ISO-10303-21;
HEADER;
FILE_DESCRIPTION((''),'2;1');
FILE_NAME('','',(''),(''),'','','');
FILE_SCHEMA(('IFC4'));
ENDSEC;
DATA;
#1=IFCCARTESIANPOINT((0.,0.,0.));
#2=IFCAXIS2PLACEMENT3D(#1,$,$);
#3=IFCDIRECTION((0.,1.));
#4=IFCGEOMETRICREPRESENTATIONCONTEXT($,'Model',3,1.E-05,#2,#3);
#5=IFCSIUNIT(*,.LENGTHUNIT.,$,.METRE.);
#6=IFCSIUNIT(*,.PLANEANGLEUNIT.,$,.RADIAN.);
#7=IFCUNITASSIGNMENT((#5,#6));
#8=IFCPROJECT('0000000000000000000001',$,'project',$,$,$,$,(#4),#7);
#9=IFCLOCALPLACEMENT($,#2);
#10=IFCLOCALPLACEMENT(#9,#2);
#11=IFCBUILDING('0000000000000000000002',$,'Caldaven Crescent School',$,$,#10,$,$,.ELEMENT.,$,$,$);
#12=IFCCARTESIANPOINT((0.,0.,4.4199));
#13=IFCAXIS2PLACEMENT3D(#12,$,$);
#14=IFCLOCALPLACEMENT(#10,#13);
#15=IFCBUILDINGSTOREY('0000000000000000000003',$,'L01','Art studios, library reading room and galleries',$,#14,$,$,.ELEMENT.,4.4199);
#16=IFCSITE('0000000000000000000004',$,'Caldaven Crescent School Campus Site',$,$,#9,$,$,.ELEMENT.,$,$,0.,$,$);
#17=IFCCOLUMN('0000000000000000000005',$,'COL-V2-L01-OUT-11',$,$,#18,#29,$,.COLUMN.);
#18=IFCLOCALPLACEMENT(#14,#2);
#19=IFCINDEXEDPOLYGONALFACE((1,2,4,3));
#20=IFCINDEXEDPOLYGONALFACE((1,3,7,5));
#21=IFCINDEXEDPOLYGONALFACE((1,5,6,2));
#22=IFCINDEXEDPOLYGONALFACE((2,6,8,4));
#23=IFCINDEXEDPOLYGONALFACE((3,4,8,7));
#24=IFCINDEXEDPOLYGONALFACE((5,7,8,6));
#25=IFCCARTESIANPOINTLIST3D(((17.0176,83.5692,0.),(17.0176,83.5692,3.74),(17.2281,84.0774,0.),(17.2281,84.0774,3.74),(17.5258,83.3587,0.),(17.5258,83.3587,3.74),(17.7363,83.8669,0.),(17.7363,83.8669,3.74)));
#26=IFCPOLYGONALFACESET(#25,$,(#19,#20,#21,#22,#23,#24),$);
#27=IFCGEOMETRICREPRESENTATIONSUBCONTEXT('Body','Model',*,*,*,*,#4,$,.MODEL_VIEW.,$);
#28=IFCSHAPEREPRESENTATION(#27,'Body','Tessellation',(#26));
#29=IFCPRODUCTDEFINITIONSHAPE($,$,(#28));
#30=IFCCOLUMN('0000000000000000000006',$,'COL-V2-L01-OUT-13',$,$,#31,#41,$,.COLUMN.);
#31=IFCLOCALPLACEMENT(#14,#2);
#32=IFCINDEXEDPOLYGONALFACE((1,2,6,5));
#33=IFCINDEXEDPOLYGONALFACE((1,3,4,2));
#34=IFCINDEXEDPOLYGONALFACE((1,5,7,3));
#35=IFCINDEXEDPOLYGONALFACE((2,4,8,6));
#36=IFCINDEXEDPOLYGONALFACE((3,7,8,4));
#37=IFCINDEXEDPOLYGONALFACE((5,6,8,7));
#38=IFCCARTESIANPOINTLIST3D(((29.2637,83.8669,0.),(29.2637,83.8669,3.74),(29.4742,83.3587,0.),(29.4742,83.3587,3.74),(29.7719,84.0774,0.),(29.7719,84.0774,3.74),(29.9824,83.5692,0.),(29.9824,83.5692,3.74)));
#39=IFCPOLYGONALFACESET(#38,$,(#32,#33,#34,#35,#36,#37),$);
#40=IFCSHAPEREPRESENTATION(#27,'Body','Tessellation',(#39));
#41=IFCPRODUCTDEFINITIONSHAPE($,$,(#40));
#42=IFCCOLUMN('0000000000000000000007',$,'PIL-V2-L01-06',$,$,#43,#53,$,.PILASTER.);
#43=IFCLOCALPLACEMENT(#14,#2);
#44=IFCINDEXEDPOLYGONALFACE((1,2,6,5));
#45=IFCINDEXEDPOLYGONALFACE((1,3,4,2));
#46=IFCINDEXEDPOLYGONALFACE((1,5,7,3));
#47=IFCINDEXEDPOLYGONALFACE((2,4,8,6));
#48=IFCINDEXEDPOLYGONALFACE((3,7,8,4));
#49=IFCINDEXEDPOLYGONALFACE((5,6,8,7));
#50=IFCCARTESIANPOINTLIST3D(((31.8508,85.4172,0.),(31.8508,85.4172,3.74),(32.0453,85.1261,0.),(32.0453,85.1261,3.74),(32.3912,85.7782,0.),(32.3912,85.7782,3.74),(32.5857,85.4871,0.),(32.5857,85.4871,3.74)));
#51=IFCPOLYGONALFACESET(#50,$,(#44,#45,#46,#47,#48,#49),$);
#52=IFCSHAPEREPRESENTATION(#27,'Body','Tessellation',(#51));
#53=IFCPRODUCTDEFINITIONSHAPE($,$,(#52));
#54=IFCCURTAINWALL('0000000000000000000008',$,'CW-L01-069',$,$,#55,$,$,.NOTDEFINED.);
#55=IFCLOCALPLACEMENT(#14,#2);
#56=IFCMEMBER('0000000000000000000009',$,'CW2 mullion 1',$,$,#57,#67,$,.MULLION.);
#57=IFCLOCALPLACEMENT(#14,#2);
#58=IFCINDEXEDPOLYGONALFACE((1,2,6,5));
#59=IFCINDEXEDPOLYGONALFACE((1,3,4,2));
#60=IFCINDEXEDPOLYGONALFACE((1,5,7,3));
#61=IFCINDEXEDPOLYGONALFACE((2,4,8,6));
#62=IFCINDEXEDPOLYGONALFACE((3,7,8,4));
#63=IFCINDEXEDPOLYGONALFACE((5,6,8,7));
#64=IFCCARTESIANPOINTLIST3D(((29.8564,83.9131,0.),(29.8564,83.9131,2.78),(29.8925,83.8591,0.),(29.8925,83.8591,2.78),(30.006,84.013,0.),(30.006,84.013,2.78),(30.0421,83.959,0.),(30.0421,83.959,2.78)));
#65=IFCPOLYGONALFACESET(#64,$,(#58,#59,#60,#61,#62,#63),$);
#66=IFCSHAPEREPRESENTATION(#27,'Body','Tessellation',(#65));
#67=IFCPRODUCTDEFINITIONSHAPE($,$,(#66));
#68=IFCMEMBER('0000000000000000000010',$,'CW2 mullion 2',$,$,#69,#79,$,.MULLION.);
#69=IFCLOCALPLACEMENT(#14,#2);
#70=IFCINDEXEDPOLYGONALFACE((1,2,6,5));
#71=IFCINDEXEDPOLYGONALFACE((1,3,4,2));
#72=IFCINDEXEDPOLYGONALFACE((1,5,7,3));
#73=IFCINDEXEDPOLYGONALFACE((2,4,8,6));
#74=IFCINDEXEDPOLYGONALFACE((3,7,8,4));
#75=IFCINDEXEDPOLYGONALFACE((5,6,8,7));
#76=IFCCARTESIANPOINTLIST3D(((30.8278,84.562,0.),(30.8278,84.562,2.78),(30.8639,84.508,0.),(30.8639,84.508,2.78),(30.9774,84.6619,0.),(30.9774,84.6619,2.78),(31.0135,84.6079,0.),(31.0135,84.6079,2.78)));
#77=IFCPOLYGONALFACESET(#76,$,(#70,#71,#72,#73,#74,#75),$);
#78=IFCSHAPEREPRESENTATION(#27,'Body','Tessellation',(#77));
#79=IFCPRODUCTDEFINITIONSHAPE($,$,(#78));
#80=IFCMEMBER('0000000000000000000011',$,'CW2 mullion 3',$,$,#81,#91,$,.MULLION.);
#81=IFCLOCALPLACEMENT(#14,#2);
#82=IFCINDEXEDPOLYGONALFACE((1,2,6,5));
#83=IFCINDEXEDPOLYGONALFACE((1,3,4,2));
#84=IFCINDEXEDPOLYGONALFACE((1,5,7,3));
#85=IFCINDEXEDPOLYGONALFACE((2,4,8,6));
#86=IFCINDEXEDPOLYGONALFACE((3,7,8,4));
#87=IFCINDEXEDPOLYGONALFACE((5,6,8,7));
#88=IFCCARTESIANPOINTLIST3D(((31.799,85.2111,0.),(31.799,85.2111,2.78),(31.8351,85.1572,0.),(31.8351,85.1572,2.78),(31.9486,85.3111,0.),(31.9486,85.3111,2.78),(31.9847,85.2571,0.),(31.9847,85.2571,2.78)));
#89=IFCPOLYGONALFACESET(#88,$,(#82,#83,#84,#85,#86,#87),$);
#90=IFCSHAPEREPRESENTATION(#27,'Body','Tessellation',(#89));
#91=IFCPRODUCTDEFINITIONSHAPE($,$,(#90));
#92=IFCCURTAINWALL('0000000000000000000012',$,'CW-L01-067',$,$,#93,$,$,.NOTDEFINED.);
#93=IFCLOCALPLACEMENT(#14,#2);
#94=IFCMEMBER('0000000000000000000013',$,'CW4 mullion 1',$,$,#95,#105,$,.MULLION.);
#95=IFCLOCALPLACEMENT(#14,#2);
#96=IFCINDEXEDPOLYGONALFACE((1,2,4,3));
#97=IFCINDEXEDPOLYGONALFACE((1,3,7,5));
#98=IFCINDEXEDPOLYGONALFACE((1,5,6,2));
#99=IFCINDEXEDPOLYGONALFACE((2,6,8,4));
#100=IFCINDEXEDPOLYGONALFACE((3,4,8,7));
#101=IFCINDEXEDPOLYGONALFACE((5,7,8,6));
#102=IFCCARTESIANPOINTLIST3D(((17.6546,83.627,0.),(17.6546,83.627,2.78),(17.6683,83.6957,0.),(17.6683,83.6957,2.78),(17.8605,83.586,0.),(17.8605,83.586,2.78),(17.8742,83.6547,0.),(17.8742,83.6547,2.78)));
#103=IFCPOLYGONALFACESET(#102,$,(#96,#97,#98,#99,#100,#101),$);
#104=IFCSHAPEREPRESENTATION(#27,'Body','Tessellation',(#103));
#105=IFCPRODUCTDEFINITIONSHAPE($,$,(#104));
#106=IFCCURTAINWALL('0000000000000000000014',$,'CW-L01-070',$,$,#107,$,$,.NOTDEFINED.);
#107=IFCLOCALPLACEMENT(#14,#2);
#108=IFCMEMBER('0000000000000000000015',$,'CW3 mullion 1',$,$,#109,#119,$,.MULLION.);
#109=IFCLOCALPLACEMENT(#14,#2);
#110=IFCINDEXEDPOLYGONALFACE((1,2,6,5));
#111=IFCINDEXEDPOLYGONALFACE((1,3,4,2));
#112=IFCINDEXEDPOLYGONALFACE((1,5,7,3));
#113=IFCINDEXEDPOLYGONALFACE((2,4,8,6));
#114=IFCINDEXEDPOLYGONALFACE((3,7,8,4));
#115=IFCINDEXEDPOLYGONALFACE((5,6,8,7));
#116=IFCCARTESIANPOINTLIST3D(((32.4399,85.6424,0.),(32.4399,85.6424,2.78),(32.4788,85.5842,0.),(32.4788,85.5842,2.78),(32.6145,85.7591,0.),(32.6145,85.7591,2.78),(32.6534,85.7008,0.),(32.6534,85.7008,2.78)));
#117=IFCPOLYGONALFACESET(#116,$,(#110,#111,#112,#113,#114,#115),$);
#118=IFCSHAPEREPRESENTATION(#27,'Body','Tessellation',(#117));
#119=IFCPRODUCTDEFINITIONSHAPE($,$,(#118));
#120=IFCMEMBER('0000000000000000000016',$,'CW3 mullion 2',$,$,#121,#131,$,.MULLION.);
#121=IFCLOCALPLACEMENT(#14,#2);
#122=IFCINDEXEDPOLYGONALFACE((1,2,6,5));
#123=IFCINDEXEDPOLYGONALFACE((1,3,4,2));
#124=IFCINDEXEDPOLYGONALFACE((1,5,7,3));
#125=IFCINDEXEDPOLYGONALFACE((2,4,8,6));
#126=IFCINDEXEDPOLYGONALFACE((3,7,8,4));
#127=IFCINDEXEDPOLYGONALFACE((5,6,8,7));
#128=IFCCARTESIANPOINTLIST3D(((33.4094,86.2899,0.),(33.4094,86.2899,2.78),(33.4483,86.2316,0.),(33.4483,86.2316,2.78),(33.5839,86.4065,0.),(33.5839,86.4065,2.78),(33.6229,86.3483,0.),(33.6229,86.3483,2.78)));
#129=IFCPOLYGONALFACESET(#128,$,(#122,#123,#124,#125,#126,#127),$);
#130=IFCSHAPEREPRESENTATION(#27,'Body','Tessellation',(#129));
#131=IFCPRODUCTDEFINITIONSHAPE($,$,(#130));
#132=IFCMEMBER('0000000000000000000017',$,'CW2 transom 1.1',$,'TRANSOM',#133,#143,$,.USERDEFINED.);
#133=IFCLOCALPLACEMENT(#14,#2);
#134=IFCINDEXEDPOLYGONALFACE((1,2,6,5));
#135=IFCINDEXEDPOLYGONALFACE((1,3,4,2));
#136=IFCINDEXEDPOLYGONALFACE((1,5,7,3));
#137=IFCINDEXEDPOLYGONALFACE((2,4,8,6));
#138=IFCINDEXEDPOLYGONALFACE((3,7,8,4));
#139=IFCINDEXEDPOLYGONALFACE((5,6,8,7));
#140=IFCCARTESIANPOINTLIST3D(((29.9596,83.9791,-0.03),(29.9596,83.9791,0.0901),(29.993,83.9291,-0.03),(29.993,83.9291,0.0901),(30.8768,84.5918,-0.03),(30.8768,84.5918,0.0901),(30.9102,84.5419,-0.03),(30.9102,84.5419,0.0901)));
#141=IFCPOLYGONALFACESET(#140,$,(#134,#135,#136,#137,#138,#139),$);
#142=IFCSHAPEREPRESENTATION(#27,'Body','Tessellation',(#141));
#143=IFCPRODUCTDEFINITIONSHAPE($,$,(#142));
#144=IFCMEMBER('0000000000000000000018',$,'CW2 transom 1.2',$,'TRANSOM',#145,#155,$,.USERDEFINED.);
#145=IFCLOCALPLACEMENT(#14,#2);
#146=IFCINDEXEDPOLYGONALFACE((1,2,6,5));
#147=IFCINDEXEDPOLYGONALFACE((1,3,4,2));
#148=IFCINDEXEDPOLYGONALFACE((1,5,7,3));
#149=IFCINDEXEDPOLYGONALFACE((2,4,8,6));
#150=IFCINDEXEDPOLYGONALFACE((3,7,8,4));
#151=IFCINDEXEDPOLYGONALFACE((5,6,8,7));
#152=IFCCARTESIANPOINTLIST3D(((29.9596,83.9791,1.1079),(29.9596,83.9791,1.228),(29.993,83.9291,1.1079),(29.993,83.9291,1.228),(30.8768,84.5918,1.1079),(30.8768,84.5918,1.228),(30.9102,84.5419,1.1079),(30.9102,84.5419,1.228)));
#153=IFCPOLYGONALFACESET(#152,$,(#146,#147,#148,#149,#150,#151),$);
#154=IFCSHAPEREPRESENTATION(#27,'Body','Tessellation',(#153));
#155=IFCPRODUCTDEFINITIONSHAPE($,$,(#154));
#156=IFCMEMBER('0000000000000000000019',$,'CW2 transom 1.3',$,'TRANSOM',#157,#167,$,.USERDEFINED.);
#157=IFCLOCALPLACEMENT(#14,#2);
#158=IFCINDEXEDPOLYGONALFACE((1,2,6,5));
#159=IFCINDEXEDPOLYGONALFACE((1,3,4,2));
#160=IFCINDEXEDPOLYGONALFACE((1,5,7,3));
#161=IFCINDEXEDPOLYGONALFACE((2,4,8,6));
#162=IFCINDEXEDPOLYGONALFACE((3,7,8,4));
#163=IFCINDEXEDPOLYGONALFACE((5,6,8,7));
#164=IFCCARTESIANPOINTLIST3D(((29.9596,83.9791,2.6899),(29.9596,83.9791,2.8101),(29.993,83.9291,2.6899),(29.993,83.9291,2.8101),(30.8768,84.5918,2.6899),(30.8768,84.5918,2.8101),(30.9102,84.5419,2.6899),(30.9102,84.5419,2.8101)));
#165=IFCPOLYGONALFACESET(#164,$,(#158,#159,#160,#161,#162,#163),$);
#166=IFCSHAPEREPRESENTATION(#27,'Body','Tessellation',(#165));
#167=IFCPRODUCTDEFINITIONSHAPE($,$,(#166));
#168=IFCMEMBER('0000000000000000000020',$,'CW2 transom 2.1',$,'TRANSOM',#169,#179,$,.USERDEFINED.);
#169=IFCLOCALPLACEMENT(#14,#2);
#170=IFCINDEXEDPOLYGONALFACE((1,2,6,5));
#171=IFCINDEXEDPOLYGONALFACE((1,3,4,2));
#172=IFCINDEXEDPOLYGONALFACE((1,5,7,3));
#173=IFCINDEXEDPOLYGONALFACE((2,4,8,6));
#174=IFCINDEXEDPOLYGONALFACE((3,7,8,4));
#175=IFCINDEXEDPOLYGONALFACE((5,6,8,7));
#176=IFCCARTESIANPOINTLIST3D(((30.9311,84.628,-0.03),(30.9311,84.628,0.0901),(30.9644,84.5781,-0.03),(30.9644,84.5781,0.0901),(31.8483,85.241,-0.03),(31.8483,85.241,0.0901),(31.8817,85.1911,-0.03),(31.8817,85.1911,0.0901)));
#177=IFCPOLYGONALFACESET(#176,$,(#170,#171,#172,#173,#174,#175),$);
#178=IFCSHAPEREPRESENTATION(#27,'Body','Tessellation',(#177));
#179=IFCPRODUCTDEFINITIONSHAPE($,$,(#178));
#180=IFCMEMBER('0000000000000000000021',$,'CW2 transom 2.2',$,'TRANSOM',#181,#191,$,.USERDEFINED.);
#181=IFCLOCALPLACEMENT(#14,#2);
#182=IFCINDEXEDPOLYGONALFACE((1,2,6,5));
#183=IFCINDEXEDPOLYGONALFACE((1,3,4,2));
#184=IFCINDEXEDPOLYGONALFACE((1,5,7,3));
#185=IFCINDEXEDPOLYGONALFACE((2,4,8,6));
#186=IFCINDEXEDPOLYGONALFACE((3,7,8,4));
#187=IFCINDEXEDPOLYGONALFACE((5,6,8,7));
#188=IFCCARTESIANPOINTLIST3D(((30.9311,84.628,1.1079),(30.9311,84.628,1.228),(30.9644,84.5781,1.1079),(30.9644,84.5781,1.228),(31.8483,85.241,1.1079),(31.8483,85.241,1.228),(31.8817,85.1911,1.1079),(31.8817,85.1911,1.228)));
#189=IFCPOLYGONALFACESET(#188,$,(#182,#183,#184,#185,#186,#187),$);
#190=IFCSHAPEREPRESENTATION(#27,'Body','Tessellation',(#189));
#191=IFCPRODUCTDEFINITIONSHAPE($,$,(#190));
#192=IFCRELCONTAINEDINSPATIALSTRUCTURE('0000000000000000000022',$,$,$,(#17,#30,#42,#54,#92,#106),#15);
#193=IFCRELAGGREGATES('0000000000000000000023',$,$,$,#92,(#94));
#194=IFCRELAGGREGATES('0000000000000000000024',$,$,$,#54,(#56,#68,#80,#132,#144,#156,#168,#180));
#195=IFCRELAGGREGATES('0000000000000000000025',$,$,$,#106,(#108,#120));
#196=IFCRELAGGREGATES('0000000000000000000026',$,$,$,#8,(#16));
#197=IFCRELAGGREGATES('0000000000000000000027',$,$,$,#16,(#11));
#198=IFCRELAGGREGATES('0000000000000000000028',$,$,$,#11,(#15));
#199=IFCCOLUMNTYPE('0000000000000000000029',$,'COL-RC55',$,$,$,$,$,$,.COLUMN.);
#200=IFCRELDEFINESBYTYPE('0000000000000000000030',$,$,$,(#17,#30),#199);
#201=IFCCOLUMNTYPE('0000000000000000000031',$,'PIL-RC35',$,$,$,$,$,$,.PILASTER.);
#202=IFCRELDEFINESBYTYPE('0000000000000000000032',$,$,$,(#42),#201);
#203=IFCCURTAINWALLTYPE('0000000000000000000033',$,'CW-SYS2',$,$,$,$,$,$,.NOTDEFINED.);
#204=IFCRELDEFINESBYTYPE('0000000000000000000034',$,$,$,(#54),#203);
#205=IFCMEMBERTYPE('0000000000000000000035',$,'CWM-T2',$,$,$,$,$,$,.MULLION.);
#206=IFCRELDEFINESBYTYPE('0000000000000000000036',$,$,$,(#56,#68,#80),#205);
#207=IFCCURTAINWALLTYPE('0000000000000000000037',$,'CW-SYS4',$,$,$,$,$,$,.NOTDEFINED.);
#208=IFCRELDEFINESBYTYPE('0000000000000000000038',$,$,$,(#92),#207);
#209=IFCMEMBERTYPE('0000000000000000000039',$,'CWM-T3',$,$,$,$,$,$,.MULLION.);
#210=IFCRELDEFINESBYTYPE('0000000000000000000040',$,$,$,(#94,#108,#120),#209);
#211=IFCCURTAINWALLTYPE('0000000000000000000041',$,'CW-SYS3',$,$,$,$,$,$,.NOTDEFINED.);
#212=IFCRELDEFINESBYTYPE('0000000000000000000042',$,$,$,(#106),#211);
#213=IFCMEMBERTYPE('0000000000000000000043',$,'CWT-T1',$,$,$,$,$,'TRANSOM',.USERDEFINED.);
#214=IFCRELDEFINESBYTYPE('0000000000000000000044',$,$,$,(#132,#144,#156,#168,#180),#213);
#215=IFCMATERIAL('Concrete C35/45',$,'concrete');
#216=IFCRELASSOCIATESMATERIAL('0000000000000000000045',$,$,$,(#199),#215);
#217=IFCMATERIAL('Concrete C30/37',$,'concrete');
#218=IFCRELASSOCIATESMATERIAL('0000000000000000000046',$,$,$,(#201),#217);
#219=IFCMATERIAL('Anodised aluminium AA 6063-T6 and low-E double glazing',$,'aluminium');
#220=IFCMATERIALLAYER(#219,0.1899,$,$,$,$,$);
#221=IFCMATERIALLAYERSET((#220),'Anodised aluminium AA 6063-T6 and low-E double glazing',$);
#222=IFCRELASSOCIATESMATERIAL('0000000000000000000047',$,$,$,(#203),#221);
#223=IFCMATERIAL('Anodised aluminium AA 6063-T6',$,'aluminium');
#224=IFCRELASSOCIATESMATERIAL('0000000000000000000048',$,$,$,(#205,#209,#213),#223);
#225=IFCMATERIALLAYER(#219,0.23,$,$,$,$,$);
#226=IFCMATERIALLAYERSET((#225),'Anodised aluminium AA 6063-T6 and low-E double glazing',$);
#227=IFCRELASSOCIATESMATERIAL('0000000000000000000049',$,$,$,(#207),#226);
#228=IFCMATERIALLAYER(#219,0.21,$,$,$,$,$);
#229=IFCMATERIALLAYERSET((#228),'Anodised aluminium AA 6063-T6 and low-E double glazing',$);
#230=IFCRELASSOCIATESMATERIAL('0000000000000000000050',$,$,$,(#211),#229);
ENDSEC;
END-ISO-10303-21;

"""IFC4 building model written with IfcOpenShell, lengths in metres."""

from ifc_helpers import new_model, si_unit, direction, frame, origin, origin_2d, place, context, subcontext, project, spatial, rectangle, extrude, material, layer, layer_set, material_profile, profile_set, type_object, element, aggregate, save


model = new_model("IFC4")

# Units and contexts
model_context = context("Model", 3, precision=1e-05, world=origin(), true_north=direction((0.0, 1.0)))
body_context = subcontext(model_context, "Body", "Model", "MODEL_VIEW")
ifc_project = project(units=[si_unit("LENGTHUNIT", "METRE"), si_unit("PLANEANGLEUNIT", "RADIAN")], contexts=[model_context])

# Site, building, storey
site_placement = place(None, origin())
site = spatial("IfcSite", under=ifc_project, at=site_placement, Name="Caldaven Crescent School Campus Site", CompositionType="ELEMENT", RefElevation=0.0)
building_placement = place(site_placement, origin())
building = spatial("IfcBuilding", under=site, at=building_placement, Name="Caldaven Crescent School", CompositionType="ELEMENT")
storey_placement = place(building_placement, frame((0.0, 0.0, 4.4199)))
storey = spatial("IfcBuildingStorey", under=building, at=storey_placement, Name="L01", Description="Art studios, library reading room and galleries", CompositionType="ELEMENT", Elevation=4.4199)

# Columns
ifc_material_1 = material(Name="Concrete C35/45", Category="concrete")
ifc_material_profile_1 = material_profile(ifc_material_1, rectangle(XDim=0.55, YDim=0.55, at=origin_2d()), Name="RC 550x550")
ifc_profile_set_1 = profile_set([ifc_material_profile_1], Name="Concrete C35/45")
column_type_1 = type_object("IfcColumnType", Name="COL-RC55", PredefinedType="COLUMN", material=ifc_profile_set_1)
for number, where, z_axis, x_axis, name in (
    (1, (17.377, 83.718, 0.0), (0.0, 0.0, 1.0), (-0.382683, -0.92388, 0.0), "COL-V2-L01-OUT-11"),
    (2, (29.623, 83.718, 0.0), (0.0, 0.0, 1.0), (0.382683, -0.92388, 0.0), "COL-V2-L01-OUT-13"),
):
    element("IfcColumn", number, at=place(storey_placement, frame(where, z_axis=z_axis, x_axis=x_axis)), inside=storey, type_object=column_type_1, Name=name, PredefinedType="COLUMN", context=body_context, shape_type="SweptSolid", body=[
        extrude(rectangle(XDim=0.55, YDim=0.55, at=origin_2d()), origin(), (0.0, 0.0, 1.0), 3.74),
    ])
ifc_material_2 = material(Name="Concrete C30/37", Category="concrete")
ifc_material_profile_2 = material_profile(ifc_material_2, rectangle(XDim=0.3501, YDim=0.6499, at=origin_2d()), Name="RC 350x650")
ifc_profile_set_2 = profile_set([ifc_material_profile_2], Name="Concrete C30/37")
column_type_2 = type_object("IfcColumnType", Name="PIL-RC35", PredefinedType="PILASTER", material=ifc_profile_set_2)
column_placement = place(storey_placement, frame((32.2183, 85.4521, 0.0), z_axis=(0.0, 0.0, 1.0), x_axis=(0.55557, -0.83147, 0.0)))
element("IfcColumn", 3, at=column_placement, inside=storey, type_object=column_type_2, Name="PIL-V2-L01-06", PredefinedType="PILASTER", context=body_context, shape_type="SweptSolid", body=[
    extrude(rectangle(XDim=0.3501, YDim=0.6499, at=origin_2d()), origin(), (0.0, 0.0, 1.0), 3.74),
])

# Curtain wall, members
ifc_material_3 = material(Name="Anodised aluminium AA 6063-T6 and low-E double glazing", Category="aluminium")
ifc_layer_1 = layer(ifc_material_3, 0.1899)
ifc_layer_set_1 = layer_set([ifc_layer_1], Name="Anodised aluminium AA 6063-T6 and low-E double glazing")
curtain_wall_type_1 = type_object("IfcCurtainWallType", Name="CW-SYS2", PredefinedType="NOTDEFINED", material=ifc_layer_set_1)
curtain_wall_1_placement = place(storey_placement, origin())
curtain_wall_1 = element("IfcCurtainWall", 4, at=curtain_wall_1_placement, inside=storey, type_object=curtain_wall_type_1, Name="CW-L01-069", PredefinedType="NOTDEFINED")
ifc_material_4 = material(Name="Anodised aluminium AA 6063-T6", Category="aluminium")
ifc_material_profile_3 = material_profile(ifc_material_4, rectangle(XDim=0.0649, YDim=0.1799, at=origin_2d()), Name="CWM 65x180")
ifc_profile_set_3 = profile_set([ifc_material_profile_3], Name="Anodised aluminium AA 6063-T6")
member_type_1 = type_object("IfcMemberType", Name="CWM-T2", PredefinedType="MULLION", material=ifc_profile_set_3)
member_1_placement = place(storey_placement, frame((29.9492, 83.936, 0.0), z_axis=(0.0, 0.0, 1.0), x_axis=(-0.55557, 0.83147, 0.0)))
member_1 = element("IfcMember", 5, at=member_1_placement, type_object=member_type_1, Name="CW2 mullion 1", PredefinedType="MULLION", context=body_context, shape_type="SweptSolid", body=[
    extrude(rectangle(XDim=0.0649, YDim=0.1799, at=origin_2d()), origin(), (0.0, 0.0, 1.0), 2.78),
])
member_2_placement = place(storey_placement, frame((30.9207, 84.585, 0.0), z_axis=(0.0, 0.0, 1.0), x_axis=(-0.55557, 0.83147, 0.0)))
member_2 = element("IfcMember", 6, at=member_2_placement, type_object=member_type_1, Name="CW2 mullion 2", PredefinedType="MULLION", context=body_context, shape_type="SweptSolid", body=[
    extrude(rectangle(XDim=0.0649, YDim=0.1799, at=origin_2d()), origin(), (0.0, 0.0, 1.0), 2.78),
])
member_3_placement = place(storey_placement, frame((31.8918, 85.2341, 0.0), z_axis=(0.0, 0.0, 1.0), x_axis=(-0.55557, 0.83147, 0.0)))
member_3 = element("IfcMember", 7, at=member_3_placement, type_object=member_type_1, Name="CW2 mullion 3", PredefinedType="MULLION", context=body_context, shape_type="SweptSolid", body=[
    extrude(rectangle(XDim=0.0649, YDim=0.1799, at=origin_2d()), origin(), (0.0, 0.0, 1.0), 2.78),
])

# Curtain wall, member
ifc_layer_2 = layer(ifc_material_3, 0.23)
ifc_layer_set_2 = layer_set([ifc_layer_2], Name="Anodised aluminium AA 6063-T6 and low-E double glazing")
curtain_wall_type_2 = type_object("IfcCurtainWallType", Name="CW-SYS4", PredefinedType="NOTDEFINED", material=ifc_layer_set_2)
curtain_wall_2_placement = place(storey_placement, origin())
curtain_wall_2 = element("IfcCurtainWall", 8, at=curtain_wall_2_placement, inside=storey, type_object=curtain_wall_type_2, Name="CW-L01-067", PredefinedType="NOTDEFINED")
ifc_material_profile_4 = material_profile(ifc_material_4, rectangle(XDim=0.0701, YDim=0.21, at=origin_2d()), Name="CWM 70x210")
ifc_profile_set_4 = profile_set([ifc_material_profile_4], Name="Anodised aluminium AA 6063-T6")
member_type_2 = type_object("IfcMemberType", Name="CWM-T3", PredefinedType="MULLION", material=ifc_profile_set_4)
member_4_placement = place(storey_placement, frame((17.7644, 83.6409, 0.0), z_axis=(0.0, 0.0, 1.0), x_axis=(0.195087, 0.980786, 0.0)))
member_4 = element("IfcMember", 9, at=member_4_placement, type_object=member_type_2, Name="CW4 mullion 1", PredefinedType="MULLION", context=body_context, shape_type="SweptSolid", body=[
    extrude(rectangle(XDim=0.0701, YDim=0.21, at=origin_2d()), origin(), (0.0, 0.0, 1.0), 2.78),
])

# Curtain wall, members
ifc_layer_3 = layer(ifc_material_3, 0.21)
ifc_layer_set_3 = layer_set([ifc_layer_3], Name="Anodised aluminium AA 6063-T6 and low-E double glazing")
curtain_wall_type_3 = type_object("IfcCurtainWallType", Name="CW-SYS3", PredefinedType="NOTDEFINED", material=ifc_layer_set_3)
curtain_wall_3_placement = place(storey_placement, origin())
curtain_wall_3 = element("IfcCurtainWall", 10, at=curtain_wall_3_placement, inside=storey, type_object=curtain_wall_type_3, Name="CW-L01-070", PredefinedType="NOTDEFINED")
member_5_placement = place(storey_placement, frame((32.5466, 85.6716, 0.0), z_axis=(0.0, 0.0, 1.0), x_axis=(-0.555572, 0.831468, 0.0)))
member_5 = element("IfcMember", 11, at=member_5_placement, type_object=member_type_2, Name="CW3 mullion 1", PredefinedType="MULLION", context=body_context, shape_type="SweptSolid", body=[
    extrude(rectangle(XDim=0.0701, YDim=0.21, at=origin_2d()), origin(), (0.0, 0.0, 1.0), 2.78),
])
member_6_placement = place(storey_placement, frame((33.5161, 86.3191, 0.0), z_axis=(0.0, 0.0, 1.0), x_axis=(-0.555572, 0.831468, 0.0)))
member_6 = element("IfcMember", 12, at=member_6_placement, type_object=member_type_2, Name="CW3 mullion 2", PredefinedType="MULLION", context=body_context, shape_type="SweptSolid", body=[
    extrude(rectangle(XDim=0.0701, YDim=0.21, at=origin_2d()), origin(), (0.0, 0.0, 1.0), 2.78),
])

# Members
ifc_material_profile_5 = material_profile(ifc_material_4, rectangle(XDim=0.0601, YDim=0.1201, at=origin_2d()), Name="CWT 60x120")
ifc_profile_set_5 = profile_set([ifc_material_profile_5], Name="Anodised aluminium AA 6063-T6")
member_type_3 = type_object("IfcMemberType", Name="CWT-T1", ElementType="TRANSOM", PredefinedType="USERDEFINED", material=ifc_profile_set_5)
member_7_placement = place(storey_placement, frame((29.9763, 83.9541, 0.03), z_axis=(0.831505, 0.555517, 0.0), x_axis=(-0.555517, 0.831505, 0.0)))
member_7 = element("IfcMember", 13, at=member_7_placement, type_object=member_type_3, Name="CW2 transom 1.1", ObjectType="TRANSOM", PredefinedType="USERDEFINED", context=body_context, shape_type="SweptSolid", body=[
    extrude(rectangle(XDim=0.0601, YDim=0.1201, at=origin_2d()), origin(), (0.0, 0.0, 1.0), 1.103),
])
member_8_placement = place(storey_placement, frame((29.9763, 83.9541, 1.168), z_axis=(0.831505, 0.555517, 0.0), x_axis=(-0.555517, 0.831505, 0.0)))
member_8 = element("IfcMember", 14, at=member_8_placement, type_object=member_type_3, Name="CW2 transom 1.2", ObjectType="TRANSOM", PredefinedType="USERDEFINED", context=body_context, shape_type="SweptSolid", body=[
    extrude(rectangle(XDim=0.0601, YDim=0.1201, at=origin_2d()), origin(), (0.0, 0.0, 1.0), 1.103),
])
member_9_placement = place(storey_placement, frame((29.9763, 83.9541, 2.75), z_axis=(0.831505, 0.555517, 0.0), x_axis=(-0.555517, 0.831505, 0.0)))
member_9 = element("IfcMember", 15, at=member_9_placement, type_object=member_type_3, Name="CW2 transom 1.3", ObjectType="TRANSOM", PredefinedType="USERDEFINED", context=body_context, shape_type="SweptSolid", body=[
    extrude(rectangle(XDim=0.0601, YDim=0.1201, at=origin_2d()), origin(), (0.0, 0.0, 1.0), 1.103),
])
member_10_placement = place(storey_placement, frame((30.9478, 84.603, 0.03), z_axis=(0.831403, 0.55567, 0.0), x_axis=(-0.55567, 0.831403, 0.0)))
member_10 = element("IfcMember", 16, at=member_10_placement, type_object=member_type_3, Name="CW2 transom 2.1", ObjectType="TRANSOM", PredefinedType="USERDEFINED", context=body_context, shape_type="SweptSolid", body=[
    extrude(rectangle(XDim=0.0601, YDim=0.1201, at=origin_2d()), origin(), (0.0, 0.0, 1.0), 1.1033),
])
member_11_placement = place(storey_placement, frame((30.9478, 84.603, 1.168), z_axis=(0.831403, 0.55567, 0.0), x_axis=(-0.55567, 0.831403, 0.0)))
member_11 = element("IfcMember", 17, at=member_11_placement, type_object=member_type_3, Name="CW2 transom 2.2", ObjectType="TRANSOM", PredefinedType="USERDEFINED", context=body_context, shape_type="SweptSolid", body=[
    extrude(rectangle(XDim=0.0601, YDim=0.1201, at=origin_2d()), origin(), (0.0, 0.0, 1.0), 1.1033),
])
aggregate(curtain_wall_2, [member_4])

aggregate(curtain_wall_1, [member_1, member_2, member_3, member_7, member_8, member_9, member_10, member_11])
aggregate(curtain_wall_3, [member_5, member_6])

save(model, "model.ifc")
